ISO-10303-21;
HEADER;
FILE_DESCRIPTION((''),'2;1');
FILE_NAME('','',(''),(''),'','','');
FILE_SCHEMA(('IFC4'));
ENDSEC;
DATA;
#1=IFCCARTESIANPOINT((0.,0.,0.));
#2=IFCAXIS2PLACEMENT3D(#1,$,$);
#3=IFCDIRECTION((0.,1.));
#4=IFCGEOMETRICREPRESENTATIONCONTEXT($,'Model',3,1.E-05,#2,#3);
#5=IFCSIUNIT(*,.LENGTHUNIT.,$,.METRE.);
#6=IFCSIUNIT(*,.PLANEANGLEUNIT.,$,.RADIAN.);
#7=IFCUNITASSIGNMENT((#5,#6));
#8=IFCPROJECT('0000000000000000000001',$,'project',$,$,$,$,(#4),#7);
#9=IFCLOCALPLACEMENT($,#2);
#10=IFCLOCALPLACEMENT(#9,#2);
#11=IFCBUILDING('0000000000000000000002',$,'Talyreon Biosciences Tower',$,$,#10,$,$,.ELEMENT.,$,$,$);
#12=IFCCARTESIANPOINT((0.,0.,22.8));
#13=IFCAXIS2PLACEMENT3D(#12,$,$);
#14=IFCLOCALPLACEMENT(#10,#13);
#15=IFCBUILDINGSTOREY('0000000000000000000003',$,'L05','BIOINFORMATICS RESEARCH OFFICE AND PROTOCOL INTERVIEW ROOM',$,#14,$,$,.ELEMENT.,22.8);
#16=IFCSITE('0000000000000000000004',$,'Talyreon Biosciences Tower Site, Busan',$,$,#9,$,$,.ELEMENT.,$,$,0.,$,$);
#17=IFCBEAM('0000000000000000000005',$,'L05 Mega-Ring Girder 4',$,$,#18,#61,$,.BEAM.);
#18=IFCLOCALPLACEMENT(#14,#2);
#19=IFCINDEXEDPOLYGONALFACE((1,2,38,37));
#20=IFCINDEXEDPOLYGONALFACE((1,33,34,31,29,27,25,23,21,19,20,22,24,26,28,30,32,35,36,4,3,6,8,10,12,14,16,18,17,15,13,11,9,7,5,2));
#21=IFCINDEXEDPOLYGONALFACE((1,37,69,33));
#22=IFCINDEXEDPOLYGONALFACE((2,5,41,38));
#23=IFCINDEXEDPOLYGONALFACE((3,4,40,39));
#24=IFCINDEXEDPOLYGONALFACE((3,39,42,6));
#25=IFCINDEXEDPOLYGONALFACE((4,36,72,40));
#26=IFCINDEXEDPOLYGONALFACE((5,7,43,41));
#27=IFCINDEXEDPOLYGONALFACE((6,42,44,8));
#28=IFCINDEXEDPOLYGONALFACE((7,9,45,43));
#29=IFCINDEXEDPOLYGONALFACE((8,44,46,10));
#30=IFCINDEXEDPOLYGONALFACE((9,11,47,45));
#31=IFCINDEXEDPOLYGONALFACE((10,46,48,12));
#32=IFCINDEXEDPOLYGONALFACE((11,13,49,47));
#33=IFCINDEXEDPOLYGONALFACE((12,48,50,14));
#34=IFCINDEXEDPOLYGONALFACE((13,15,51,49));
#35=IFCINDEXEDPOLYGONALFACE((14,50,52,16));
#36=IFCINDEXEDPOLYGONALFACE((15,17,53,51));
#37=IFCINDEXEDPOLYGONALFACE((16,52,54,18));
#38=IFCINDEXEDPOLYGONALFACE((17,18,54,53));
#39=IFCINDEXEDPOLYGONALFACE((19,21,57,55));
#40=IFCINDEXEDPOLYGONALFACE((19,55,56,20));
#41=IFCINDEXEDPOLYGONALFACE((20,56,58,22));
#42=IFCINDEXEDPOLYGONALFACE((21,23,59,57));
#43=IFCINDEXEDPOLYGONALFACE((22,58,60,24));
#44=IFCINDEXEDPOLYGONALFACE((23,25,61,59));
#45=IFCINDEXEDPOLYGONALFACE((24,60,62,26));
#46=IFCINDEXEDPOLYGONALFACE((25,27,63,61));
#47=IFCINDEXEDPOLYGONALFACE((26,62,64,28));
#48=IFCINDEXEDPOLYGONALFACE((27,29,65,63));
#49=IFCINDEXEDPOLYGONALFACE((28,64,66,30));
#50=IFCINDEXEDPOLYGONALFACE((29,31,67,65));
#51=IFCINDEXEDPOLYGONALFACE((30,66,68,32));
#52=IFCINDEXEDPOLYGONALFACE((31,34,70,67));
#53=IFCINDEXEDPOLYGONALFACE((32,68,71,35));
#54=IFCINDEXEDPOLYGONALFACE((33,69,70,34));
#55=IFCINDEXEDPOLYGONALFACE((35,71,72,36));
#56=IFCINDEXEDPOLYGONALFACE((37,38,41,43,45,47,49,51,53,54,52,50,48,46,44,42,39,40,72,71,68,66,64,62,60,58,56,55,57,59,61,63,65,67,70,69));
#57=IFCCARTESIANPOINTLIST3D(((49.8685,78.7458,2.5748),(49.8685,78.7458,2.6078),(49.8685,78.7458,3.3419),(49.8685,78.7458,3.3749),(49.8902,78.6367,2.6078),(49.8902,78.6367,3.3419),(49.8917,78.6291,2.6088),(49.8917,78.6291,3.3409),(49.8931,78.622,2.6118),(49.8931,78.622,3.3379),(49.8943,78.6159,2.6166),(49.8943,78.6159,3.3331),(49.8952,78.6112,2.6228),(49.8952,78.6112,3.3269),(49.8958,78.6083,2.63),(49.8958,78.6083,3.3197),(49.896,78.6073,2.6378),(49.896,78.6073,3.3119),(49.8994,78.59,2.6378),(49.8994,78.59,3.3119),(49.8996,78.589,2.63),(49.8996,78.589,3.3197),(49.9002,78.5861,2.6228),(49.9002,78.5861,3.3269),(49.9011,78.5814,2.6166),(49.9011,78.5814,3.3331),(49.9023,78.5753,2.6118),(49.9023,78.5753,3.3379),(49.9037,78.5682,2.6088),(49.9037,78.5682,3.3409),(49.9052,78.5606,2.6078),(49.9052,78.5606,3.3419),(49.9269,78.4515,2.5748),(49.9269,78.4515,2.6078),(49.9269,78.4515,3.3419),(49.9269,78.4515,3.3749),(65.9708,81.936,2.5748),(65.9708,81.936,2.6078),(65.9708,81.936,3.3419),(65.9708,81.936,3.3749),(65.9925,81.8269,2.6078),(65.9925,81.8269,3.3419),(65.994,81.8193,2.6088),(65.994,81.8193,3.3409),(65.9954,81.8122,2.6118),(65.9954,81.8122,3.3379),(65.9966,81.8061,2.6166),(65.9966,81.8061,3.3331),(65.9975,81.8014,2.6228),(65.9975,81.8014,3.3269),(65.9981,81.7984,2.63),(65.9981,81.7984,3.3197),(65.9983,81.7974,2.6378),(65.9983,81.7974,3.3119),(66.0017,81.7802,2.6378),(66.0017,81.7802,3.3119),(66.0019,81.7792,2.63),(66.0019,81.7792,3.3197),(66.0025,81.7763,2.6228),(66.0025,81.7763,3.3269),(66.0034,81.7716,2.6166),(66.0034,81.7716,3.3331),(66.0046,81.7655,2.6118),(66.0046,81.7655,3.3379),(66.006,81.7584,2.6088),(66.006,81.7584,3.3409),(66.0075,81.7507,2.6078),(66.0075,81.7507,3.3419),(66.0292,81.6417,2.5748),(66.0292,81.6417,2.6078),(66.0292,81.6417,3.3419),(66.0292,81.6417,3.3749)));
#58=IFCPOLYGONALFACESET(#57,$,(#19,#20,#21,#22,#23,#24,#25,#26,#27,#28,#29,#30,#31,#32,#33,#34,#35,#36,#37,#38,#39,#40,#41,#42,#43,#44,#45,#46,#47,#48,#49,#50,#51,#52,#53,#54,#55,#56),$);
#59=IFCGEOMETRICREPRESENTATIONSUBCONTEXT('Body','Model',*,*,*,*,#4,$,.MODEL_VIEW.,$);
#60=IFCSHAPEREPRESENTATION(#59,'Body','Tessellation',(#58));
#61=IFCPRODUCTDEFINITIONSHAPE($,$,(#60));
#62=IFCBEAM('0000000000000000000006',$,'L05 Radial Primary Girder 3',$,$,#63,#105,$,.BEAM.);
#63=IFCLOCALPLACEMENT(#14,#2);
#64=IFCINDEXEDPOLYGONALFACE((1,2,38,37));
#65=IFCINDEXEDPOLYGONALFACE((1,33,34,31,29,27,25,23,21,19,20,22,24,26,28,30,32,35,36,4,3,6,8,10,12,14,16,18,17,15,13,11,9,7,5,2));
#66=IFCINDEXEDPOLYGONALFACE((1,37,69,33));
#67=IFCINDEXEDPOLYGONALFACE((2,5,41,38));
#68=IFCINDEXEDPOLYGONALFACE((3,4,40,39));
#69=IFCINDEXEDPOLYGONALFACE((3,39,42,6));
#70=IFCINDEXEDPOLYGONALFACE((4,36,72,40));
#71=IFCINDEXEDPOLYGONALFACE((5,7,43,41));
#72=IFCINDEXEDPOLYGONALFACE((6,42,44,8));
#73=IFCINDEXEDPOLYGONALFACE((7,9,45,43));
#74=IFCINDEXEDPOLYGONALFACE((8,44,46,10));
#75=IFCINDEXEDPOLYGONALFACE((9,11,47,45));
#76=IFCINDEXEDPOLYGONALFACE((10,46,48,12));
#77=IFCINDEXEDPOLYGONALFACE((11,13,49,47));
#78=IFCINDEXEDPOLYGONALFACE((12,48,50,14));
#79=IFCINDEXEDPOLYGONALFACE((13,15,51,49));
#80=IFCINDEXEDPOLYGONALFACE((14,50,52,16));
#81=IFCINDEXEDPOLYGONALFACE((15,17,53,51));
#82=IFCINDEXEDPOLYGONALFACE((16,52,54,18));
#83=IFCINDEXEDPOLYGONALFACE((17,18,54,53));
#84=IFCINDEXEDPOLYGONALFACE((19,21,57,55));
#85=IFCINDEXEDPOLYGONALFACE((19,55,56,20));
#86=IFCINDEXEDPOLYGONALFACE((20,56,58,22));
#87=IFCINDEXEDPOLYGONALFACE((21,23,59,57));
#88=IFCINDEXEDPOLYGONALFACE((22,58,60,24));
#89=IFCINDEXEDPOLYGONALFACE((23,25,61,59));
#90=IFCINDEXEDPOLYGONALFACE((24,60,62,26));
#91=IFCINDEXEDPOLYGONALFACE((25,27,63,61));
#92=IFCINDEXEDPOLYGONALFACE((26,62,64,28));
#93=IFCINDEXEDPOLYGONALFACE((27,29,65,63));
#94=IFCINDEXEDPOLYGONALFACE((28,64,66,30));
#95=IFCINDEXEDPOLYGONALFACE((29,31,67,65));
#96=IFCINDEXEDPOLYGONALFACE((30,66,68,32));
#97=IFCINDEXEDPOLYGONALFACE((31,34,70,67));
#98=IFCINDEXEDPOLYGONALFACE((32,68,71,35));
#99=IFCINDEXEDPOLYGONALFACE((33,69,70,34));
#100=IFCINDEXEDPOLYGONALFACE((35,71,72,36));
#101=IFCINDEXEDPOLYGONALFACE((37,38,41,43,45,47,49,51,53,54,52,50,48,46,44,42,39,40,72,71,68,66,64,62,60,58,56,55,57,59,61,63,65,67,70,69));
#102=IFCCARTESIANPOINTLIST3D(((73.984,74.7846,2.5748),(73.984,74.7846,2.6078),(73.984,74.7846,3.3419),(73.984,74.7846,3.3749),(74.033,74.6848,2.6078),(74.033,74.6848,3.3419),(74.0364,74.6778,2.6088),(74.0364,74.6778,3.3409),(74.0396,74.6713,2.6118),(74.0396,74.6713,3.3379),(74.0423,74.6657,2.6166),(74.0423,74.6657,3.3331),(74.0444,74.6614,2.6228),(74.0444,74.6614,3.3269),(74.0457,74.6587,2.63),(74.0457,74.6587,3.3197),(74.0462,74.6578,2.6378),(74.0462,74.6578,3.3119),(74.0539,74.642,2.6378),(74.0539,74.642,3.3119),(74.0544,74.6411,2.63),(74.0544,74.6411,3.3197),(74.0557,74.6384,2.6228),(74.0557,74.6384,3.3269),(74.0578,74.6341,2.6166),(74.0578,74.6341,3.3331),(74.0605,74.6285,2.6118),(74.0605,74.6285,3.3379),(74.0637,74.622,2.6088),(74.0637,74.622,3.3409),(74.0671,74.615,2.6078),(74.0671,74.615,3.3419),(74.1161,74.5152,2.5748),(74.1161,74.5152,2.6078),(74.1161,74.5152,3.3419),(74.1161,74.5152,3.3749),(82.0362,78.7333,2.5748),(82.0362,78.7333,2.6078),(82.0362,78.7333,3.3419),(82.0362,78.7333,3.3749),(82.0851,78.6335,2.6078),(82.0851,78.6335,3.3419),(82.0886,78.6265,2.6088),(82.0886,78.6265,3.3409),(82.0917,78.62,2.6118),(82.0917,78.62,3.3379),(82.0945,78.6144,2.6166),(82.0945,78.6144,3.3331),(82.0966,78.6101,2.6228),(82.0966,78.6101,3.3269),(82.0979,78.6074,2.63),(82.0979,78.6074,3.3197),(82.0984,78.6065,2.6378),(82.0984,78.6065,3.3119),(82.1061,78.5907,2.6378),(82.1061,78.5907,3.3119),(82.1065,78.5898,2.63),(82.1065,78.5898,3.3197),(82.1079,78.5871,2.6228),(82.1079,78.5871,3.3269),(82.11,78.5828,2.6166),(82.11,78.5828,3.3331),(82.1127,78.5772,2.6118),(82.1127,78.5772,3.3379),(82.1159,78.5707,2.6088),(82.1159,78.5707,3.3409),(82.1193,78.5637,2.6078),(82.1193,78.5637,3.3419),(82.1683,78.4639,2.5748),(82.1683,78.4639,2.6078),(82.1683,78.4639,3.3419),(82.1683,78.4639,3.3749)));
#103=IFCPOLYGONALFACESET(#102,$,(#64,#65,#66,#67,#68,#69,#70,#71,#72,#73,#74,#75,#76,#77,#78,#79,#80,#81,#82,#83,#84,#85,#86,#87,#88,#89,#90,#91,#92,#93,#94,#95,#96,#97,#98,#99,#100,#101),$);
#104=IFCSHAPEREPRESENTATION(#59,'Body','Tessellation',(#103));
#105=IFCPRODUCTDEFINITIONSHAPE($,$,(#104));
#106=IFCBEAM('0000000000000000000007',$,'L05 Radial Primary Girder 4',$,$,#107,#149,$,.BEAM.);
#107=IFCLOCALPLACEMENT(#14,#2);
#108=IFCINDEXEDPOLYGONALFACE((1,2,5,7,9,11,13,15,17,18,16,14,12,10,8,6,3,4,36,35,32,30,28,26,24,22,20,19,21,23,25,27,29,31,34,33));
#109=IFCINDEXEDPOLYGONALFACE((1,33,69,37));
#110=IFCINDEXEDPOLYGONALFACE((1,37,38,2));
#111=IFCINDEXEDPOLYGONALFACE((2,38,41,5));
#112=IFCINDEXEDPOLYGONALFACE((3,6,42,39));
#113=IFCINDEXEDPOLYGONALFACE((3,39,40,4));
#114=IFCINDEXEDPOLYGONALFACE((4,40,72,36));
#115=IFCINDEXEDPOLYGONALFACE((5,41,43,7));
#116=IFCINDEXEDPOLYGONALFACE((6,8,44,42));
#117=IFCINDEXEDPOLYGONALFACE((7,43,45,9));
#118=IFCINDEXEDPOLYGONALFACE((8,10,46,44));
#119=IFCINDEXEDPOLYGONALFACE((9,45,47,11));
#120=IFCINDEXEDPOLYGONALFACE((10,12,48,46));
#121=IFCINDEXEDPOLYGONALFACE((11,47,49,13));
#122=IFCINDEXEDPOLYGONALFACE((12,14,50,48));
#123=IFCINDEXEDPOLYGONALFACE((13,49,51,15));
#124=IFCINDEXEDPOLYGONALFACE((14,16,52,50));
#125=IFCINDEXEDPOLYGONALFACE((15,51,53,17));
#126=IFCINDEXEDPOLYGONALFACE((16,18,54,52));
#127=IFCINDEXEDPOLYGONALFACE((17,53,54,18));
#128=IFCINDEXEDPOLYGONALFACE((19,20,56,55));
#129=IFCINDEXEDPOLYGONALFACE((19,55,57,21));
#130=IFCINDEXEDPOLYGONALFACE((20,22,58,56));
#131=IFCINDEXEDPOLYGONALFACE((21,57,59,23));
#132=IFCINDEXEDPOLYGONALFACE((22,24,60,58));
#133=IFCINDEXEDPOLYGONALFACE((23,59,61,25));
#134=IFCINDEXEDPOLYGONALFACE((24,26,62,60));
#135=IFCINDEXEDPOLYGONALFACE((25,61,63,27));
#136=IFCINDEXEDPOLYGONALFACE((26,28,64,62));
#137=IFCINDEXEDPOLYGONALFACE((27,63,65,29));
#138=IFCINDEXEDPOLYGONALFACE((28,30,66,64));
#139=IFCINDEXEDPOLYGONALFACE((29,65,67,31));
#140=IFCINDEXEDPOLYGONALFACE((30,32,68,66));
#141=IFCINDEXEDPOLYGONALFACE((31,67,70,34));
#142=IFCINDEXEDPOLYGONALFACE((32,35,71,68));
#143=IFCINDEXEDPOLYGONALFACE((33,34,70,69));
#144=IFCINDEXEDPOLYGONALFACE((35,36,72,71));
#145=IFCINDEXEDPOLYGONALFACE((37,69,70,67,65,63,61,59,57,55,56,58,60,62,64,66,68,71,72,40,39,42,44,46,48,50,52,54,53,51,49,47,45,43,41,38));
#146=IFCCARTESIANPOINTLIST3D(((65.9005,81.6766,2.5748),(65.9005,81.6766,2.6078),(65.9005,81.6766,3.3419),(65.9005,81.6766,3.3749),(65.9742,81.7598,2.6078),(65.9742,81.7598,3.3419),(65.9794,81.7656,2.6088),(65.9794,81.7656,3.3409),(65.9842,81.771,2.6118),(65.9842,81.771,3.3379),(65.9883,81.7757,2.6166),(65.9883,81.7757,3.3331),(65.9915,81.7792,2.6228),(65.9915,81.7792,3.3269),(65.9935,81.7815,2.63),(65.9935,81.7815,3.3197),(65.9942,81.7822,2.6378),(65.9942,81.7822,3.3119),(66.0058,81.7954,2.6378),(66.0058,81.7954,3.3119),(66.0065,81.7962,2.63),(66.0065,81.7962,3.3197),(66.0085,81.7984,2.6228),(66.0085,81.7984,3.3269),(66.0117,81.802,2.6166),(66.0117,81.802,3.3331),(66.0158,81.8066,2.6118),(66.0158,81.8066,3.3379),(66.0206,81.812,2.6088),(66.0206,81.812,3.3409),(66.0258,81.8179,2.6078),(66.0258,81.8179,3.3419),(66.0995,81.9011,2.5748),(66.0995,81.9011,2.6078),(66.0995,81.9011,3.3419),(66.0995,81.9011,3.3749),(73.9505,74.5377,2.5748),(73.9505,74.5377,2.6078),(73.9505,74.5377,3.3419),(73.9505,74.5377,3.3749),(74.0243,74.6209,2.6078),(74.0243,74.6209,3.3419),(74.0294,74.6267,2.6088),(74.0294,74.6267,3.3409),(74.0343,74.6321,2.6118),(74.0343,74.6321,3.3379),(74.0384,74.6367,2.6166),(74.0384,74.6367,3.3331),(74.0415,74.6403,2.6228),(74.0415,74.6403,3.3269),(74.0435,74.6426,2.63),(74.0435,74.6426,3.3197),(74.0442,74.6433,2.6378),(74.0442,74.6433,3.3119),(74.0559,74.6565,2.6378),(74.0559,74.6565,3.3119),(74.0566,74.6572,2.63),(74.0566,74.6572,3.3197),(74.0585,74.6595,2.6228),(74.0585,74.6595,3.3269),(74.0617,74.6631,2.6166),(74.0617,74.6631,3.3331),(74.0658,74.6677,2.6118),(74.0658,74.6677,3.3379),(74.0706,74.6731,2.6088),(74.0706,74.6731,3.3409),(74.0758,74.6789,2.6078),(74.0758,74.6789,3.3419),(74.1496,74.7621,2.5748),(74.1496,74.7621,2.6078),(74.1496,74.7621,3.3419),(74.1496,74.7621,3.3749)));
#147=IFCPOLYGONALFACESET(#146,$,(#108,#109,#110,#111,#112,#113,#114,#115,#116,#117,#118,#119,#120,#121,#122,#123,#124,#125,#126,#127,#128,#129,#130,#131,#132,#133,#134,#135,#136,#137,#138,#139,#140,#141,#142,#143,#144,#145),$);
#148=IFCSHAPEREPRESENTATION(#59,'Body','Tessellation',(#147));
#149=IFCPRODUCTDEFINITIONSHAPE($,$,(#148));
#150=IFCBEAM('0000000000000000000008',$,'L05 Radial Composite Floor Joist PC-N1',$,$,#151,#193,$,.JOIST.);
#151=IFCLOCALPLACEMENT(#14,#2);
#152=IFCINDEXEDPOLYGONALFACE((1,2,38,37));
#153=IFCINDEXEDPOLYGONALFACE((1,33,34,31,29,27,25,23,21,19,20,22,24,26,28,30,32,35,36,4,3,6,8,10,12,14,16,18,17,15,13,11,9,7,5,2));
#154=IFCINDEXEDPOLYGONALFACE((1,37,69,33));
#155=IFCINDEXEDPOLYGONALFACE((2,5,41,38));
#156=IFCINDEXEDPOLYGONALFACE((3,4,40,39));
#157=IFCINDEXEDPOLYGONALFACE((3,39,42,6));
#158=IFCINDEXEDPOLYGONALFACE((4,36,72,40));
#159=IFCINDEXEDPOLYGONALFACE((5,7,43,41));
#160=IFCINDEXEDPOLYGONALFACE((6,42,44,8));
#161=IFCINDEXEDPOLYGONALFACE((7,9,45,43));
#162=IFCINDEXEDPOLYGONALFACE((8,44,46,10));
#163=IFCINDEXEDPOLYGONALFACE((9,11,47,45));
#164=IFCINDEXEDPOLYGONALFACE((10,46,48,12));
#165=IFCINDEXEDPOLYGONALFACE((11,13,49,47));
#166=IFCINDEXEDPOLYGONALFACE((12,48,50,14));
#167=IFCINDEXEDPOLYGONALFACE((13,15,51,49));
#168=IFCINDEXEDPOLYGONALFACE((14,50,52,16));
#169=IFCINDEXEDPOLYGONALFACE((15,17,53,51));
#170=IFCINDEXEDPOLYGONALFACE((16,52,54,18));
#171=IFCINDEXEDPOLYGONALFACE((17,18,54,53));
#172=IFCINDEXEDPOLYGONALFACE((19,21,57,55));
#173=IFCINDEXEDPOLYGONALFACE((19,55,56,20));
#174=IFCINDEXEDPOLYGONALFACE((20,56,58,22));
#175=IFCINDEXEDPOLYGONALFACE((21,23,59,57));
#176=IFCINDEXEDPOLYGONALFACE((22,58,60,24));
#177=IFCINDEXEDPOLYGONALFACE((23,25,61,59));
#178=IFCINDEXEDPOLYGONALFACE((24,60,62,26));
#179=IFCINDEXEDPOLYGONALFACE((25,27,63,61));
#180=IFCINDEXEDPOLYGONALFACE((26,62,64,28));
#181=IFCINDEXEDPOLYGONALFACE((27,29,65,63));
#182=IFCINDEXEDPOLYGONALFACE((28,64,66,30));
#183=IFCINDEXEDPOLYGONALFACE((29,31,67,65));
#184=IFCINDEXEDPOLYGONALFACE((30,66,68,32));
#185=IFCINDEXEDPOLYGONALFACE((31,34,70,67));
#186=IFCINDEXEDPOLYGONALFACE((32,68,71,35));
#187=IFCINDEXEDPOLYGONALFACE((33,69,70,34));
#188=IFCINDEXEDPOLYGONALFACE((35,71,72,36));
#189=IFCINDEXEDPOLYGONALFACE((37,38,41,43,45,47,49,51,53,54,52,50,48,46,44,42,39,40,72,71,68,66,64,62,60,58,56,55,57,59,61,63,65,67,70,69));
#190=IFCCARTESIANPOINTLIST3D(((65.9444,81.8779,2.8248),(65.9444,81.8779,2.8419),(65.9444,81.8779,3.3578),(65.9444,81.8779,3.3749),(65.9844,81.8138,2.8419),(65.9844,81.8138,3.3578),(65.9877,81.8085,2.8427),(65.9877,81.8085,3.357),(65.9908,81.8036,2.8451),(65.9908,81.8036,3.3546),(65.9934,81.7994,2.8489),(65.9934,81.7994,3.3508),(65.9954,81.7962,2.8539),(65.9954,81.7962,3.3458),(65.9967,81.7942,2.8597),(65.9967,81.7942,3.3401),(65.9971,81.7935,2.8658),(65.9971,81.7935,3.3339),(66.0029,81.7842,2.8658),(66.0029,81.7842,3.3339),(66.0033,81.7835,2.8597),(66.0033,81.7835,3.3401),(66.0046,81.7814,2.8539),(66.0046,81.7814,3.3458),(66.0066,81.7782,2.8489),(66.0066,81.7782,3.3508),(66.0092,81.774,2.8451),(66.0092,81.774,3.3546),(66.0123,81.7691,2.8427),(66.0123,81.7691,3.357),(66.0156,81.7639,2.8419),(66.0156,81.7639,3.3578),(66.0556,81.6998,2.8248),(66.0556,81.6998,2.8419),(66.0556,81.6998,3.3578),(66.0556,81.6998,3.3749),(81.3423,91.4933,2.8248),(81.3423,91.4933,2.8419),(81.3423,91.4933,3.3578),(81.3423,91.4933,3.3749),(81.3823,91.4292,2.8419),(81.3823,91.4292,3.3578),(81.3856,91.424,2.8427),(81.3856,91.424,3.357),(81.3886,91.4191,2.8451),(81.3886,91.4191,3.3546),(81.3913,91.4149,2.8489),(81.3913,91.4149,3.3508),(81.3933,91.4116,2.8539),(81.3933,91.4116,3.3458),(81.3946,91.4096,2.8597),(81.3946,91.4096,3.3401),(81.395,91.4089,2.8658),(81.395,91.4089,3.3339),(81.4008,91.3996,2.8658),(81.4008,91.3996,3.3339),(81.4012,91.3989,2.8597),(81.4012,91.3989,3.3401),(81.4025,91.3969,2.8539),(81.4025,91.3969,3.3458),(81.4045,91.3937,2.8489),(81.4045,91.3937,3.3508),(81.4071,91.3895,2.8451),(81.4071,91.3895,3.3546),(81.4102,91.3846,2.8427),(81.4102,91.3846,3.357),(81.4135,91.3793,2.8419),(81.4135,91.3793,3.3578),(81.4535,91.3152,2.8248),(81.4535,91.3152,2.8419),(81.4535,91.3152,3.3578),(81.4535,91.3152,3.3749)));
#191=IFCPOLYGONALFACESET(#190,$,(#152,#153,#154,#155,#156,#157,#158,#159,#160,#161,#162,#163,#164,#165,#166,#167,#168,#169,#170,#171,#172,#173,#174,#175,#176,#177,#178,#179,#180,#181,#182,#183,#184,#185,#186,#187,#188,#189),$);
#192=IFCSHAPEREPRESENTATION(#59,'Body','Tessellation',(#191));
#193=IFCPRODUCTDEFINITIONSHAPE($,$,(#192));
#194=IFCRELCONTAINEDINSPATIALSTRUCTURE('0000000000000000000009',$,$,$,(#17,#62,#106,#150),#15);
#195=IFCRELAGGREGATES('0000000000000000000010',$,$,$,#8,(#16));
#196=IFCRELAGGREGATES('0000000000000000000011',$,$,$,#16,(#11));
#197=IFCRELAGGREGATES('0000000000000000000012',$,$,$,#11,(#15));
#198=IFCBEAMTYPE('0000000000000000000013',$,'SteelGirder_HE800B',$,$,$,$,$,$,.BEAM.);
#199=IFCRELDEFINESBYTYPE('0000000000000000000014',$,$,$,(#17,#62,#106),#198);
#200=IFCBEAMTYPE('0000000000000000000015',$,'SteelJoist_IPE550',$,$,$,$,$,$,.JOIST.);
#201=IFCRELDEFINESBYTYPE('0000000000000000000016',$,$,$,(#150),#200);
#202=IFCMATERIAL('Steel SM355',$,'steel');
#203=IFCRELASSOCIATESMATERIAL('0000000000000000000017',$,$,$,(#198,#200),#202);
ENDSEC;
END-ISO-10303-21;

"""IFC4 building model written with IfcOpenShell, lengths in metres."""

from ifc_helpers import new_model, si_unit, direction, frame, origin, origin_2d, place, context, subcontext, project, spatial, i_section, extrude, material, material_profile, profile_set, type_object, element, save


model = new_model("IFC4")

# Units and contexts
model_context = context("Model", 3, precision=1e-05, world=origin(), true_north=direction((0.0, 1.0)))
body_context = subcontext(model_context, "Body", "Model", "MODEL_VIEW")
ifc_project = project(units=[si_unit("LENGTHUNIT", "METRE"), si_unit("PLANEANGLEUNIT", "RADIAN")], contexts=[model_context])

# Site, building, storey
site_placement = place(None, origin())
site = spatial("IfcSite", under=ifc_project, at=site_placement, Name="Talyreon Biosciences Tower Site, Busan", CompositionType="ELEMENT", RefElevation=0.0)
building_placement = place(site_placement, origin())
building = spatial("IfcBuilding", under=site, at=building_placement, Name="Talyreon Biosciences Tower", CompositionType="ELEMENT")
storey_placement = place(building_placement, frame((0.0, 0.0, 22.8)))
storey = spatial("IfcBuildingStorey", under=building, at=storey_placement, Name="L05", Description="BIOINFORMATICS RESEARCH OFFICE AND PROTOCOL INTERVIEW ROOM", CompositionType="ELEMENT", Elevation=22.8)

# Beams
ifc_material_1 = material(Name="Steel SM355", Category="steel")
ifc_material_profile_1 = material_profile(ifc_material_1, i_section(OverallWidth=0.3, OverallDepth=0.8, WebThickness=0.0176, FlangeThickness=0.033, FilletRadius=0.03, at=origin_2d()), Name="HE800B")
ifc_profile_set_1 = profile_set([ifc_material_profile_1], Name="Steel SM355")
beam_type_1 = type_object("IfcBeamType", Name="SteelGirder_HE800B", PredefinedType="BEAM", material=ifc_profile_set_1)
beam_1_placement = place(storey_placement, frame((66.0, 81.7888, 2.9749), z_axis=(-0.980934, -0.194343, 0.0), x_axis=(0.194343, -0.980934, 0.0)))
element("IfcBeam", 1, at=beam_1_placement, inside=storey, type_object=beam_type_1, Name="L05 Mega-Ring Girder 4", PredefinedType="BEAM", context=body_context, shape_type="SweptSolid", body=[
    extrude(i_section(OverallWidth=0.3, OverallDepth=0.8, WebThickness=0.0176, FlangeThickness=0.033, FilletRadius=0.03, at=origin_2d()), origin(), (0.0, 0.0, 1.0), 16.4153),
])
beam_2_placement = place(storey_placement, frame((74.05, 74.6499, 2.9749), z_axis=(0.897852, 0.440297, 0.0), x_axis=(-0.440297, 0.897852, 0.0)))
element("IfcBeam", 2, at=beam_2_placement, inside=storey, type_object=beam_type_1, Name="L05 Radial Primary Girder 3", PredefinedType="BEAM", context=body_context, shape_type="SweptSolid", body=[
    extrude(i_section(OverallWidth=0.3, OverallDepth=0.8, WebThickness=0.0176, FlangeThickness=0.033, FilletRadius=0.03, at=origin_2d()), origin(), (0.0, 0.0, 1.0), 8.9683),
])
beam_3_placement = place(storey_placement, frame((74.05, 74.6499, 2.9749), z_axis=(-0.748179, 0.663497, 0.0), x_axis=(-0.663497, -0.748179, 0.0)))
element("IfcBeam", 3, at=beam_3_placement, inside=storey, type_object=beam_type_1, Name="L05 Radial Primary Girder 4", PredefinedType="BEAM", context=body_context, shape_type="SweptSolid", body=[
    extrude(i_section(OverallWidth=0.3, OverallDepth=0.8, WebThickness=0.0176, FlangeThickness=0.033, FilletRadius=0.03, at=origin_2d()), origin(), (0.0, 0.0, 1.0), 10.7595),
])
ifc_material_profile_2 = material_profile(ifc_material_1, i_section(OverallWidth=0.21, OverallDepth=0.55, WebThickness=0.011, FlangeThickness=0.0171, FilletRadius=0.0239, at=origin_2d()), Name="IPE550")
ifc_profile_set_2 = profile_set([ifc_material_profile_2], Name="Steel SM355")
beam_type_2 = type_object("IfcBeamType", Name="SteelJoist_IPE550", PredefinedType="JOIST", material=ifc_profile_set_2)
for number, where, z_axis, x_axis, name in (
    (4, (66.0, 81.7888, 3.0999), (0.848202, 0.529673, 0.0), (-0.529673, 0.848202, 0.0), "L05 Radial Composite Floor Joist PC-N1"),
):
    element("IfcBeam", number, at=place(storey_placement, frame(where, z_axis=z_axis, x_axis=x_axis)), inside=storey, type_object=beam_type_2, Name=name, PredefinedType="JOIST", context=body_context, shape_type="SweptSolid", body=[
        extrude(i_section(OverallWidth=0.21, OverallDepth=0.55, WebThickness=0.011, FlangeThickness=0.0171, FilletRadius=0.0239, at=origin_2d()), origin(), (0.0, 0.0, 1.0), 18.1536),
    ])

save(model, "model.ifc")
